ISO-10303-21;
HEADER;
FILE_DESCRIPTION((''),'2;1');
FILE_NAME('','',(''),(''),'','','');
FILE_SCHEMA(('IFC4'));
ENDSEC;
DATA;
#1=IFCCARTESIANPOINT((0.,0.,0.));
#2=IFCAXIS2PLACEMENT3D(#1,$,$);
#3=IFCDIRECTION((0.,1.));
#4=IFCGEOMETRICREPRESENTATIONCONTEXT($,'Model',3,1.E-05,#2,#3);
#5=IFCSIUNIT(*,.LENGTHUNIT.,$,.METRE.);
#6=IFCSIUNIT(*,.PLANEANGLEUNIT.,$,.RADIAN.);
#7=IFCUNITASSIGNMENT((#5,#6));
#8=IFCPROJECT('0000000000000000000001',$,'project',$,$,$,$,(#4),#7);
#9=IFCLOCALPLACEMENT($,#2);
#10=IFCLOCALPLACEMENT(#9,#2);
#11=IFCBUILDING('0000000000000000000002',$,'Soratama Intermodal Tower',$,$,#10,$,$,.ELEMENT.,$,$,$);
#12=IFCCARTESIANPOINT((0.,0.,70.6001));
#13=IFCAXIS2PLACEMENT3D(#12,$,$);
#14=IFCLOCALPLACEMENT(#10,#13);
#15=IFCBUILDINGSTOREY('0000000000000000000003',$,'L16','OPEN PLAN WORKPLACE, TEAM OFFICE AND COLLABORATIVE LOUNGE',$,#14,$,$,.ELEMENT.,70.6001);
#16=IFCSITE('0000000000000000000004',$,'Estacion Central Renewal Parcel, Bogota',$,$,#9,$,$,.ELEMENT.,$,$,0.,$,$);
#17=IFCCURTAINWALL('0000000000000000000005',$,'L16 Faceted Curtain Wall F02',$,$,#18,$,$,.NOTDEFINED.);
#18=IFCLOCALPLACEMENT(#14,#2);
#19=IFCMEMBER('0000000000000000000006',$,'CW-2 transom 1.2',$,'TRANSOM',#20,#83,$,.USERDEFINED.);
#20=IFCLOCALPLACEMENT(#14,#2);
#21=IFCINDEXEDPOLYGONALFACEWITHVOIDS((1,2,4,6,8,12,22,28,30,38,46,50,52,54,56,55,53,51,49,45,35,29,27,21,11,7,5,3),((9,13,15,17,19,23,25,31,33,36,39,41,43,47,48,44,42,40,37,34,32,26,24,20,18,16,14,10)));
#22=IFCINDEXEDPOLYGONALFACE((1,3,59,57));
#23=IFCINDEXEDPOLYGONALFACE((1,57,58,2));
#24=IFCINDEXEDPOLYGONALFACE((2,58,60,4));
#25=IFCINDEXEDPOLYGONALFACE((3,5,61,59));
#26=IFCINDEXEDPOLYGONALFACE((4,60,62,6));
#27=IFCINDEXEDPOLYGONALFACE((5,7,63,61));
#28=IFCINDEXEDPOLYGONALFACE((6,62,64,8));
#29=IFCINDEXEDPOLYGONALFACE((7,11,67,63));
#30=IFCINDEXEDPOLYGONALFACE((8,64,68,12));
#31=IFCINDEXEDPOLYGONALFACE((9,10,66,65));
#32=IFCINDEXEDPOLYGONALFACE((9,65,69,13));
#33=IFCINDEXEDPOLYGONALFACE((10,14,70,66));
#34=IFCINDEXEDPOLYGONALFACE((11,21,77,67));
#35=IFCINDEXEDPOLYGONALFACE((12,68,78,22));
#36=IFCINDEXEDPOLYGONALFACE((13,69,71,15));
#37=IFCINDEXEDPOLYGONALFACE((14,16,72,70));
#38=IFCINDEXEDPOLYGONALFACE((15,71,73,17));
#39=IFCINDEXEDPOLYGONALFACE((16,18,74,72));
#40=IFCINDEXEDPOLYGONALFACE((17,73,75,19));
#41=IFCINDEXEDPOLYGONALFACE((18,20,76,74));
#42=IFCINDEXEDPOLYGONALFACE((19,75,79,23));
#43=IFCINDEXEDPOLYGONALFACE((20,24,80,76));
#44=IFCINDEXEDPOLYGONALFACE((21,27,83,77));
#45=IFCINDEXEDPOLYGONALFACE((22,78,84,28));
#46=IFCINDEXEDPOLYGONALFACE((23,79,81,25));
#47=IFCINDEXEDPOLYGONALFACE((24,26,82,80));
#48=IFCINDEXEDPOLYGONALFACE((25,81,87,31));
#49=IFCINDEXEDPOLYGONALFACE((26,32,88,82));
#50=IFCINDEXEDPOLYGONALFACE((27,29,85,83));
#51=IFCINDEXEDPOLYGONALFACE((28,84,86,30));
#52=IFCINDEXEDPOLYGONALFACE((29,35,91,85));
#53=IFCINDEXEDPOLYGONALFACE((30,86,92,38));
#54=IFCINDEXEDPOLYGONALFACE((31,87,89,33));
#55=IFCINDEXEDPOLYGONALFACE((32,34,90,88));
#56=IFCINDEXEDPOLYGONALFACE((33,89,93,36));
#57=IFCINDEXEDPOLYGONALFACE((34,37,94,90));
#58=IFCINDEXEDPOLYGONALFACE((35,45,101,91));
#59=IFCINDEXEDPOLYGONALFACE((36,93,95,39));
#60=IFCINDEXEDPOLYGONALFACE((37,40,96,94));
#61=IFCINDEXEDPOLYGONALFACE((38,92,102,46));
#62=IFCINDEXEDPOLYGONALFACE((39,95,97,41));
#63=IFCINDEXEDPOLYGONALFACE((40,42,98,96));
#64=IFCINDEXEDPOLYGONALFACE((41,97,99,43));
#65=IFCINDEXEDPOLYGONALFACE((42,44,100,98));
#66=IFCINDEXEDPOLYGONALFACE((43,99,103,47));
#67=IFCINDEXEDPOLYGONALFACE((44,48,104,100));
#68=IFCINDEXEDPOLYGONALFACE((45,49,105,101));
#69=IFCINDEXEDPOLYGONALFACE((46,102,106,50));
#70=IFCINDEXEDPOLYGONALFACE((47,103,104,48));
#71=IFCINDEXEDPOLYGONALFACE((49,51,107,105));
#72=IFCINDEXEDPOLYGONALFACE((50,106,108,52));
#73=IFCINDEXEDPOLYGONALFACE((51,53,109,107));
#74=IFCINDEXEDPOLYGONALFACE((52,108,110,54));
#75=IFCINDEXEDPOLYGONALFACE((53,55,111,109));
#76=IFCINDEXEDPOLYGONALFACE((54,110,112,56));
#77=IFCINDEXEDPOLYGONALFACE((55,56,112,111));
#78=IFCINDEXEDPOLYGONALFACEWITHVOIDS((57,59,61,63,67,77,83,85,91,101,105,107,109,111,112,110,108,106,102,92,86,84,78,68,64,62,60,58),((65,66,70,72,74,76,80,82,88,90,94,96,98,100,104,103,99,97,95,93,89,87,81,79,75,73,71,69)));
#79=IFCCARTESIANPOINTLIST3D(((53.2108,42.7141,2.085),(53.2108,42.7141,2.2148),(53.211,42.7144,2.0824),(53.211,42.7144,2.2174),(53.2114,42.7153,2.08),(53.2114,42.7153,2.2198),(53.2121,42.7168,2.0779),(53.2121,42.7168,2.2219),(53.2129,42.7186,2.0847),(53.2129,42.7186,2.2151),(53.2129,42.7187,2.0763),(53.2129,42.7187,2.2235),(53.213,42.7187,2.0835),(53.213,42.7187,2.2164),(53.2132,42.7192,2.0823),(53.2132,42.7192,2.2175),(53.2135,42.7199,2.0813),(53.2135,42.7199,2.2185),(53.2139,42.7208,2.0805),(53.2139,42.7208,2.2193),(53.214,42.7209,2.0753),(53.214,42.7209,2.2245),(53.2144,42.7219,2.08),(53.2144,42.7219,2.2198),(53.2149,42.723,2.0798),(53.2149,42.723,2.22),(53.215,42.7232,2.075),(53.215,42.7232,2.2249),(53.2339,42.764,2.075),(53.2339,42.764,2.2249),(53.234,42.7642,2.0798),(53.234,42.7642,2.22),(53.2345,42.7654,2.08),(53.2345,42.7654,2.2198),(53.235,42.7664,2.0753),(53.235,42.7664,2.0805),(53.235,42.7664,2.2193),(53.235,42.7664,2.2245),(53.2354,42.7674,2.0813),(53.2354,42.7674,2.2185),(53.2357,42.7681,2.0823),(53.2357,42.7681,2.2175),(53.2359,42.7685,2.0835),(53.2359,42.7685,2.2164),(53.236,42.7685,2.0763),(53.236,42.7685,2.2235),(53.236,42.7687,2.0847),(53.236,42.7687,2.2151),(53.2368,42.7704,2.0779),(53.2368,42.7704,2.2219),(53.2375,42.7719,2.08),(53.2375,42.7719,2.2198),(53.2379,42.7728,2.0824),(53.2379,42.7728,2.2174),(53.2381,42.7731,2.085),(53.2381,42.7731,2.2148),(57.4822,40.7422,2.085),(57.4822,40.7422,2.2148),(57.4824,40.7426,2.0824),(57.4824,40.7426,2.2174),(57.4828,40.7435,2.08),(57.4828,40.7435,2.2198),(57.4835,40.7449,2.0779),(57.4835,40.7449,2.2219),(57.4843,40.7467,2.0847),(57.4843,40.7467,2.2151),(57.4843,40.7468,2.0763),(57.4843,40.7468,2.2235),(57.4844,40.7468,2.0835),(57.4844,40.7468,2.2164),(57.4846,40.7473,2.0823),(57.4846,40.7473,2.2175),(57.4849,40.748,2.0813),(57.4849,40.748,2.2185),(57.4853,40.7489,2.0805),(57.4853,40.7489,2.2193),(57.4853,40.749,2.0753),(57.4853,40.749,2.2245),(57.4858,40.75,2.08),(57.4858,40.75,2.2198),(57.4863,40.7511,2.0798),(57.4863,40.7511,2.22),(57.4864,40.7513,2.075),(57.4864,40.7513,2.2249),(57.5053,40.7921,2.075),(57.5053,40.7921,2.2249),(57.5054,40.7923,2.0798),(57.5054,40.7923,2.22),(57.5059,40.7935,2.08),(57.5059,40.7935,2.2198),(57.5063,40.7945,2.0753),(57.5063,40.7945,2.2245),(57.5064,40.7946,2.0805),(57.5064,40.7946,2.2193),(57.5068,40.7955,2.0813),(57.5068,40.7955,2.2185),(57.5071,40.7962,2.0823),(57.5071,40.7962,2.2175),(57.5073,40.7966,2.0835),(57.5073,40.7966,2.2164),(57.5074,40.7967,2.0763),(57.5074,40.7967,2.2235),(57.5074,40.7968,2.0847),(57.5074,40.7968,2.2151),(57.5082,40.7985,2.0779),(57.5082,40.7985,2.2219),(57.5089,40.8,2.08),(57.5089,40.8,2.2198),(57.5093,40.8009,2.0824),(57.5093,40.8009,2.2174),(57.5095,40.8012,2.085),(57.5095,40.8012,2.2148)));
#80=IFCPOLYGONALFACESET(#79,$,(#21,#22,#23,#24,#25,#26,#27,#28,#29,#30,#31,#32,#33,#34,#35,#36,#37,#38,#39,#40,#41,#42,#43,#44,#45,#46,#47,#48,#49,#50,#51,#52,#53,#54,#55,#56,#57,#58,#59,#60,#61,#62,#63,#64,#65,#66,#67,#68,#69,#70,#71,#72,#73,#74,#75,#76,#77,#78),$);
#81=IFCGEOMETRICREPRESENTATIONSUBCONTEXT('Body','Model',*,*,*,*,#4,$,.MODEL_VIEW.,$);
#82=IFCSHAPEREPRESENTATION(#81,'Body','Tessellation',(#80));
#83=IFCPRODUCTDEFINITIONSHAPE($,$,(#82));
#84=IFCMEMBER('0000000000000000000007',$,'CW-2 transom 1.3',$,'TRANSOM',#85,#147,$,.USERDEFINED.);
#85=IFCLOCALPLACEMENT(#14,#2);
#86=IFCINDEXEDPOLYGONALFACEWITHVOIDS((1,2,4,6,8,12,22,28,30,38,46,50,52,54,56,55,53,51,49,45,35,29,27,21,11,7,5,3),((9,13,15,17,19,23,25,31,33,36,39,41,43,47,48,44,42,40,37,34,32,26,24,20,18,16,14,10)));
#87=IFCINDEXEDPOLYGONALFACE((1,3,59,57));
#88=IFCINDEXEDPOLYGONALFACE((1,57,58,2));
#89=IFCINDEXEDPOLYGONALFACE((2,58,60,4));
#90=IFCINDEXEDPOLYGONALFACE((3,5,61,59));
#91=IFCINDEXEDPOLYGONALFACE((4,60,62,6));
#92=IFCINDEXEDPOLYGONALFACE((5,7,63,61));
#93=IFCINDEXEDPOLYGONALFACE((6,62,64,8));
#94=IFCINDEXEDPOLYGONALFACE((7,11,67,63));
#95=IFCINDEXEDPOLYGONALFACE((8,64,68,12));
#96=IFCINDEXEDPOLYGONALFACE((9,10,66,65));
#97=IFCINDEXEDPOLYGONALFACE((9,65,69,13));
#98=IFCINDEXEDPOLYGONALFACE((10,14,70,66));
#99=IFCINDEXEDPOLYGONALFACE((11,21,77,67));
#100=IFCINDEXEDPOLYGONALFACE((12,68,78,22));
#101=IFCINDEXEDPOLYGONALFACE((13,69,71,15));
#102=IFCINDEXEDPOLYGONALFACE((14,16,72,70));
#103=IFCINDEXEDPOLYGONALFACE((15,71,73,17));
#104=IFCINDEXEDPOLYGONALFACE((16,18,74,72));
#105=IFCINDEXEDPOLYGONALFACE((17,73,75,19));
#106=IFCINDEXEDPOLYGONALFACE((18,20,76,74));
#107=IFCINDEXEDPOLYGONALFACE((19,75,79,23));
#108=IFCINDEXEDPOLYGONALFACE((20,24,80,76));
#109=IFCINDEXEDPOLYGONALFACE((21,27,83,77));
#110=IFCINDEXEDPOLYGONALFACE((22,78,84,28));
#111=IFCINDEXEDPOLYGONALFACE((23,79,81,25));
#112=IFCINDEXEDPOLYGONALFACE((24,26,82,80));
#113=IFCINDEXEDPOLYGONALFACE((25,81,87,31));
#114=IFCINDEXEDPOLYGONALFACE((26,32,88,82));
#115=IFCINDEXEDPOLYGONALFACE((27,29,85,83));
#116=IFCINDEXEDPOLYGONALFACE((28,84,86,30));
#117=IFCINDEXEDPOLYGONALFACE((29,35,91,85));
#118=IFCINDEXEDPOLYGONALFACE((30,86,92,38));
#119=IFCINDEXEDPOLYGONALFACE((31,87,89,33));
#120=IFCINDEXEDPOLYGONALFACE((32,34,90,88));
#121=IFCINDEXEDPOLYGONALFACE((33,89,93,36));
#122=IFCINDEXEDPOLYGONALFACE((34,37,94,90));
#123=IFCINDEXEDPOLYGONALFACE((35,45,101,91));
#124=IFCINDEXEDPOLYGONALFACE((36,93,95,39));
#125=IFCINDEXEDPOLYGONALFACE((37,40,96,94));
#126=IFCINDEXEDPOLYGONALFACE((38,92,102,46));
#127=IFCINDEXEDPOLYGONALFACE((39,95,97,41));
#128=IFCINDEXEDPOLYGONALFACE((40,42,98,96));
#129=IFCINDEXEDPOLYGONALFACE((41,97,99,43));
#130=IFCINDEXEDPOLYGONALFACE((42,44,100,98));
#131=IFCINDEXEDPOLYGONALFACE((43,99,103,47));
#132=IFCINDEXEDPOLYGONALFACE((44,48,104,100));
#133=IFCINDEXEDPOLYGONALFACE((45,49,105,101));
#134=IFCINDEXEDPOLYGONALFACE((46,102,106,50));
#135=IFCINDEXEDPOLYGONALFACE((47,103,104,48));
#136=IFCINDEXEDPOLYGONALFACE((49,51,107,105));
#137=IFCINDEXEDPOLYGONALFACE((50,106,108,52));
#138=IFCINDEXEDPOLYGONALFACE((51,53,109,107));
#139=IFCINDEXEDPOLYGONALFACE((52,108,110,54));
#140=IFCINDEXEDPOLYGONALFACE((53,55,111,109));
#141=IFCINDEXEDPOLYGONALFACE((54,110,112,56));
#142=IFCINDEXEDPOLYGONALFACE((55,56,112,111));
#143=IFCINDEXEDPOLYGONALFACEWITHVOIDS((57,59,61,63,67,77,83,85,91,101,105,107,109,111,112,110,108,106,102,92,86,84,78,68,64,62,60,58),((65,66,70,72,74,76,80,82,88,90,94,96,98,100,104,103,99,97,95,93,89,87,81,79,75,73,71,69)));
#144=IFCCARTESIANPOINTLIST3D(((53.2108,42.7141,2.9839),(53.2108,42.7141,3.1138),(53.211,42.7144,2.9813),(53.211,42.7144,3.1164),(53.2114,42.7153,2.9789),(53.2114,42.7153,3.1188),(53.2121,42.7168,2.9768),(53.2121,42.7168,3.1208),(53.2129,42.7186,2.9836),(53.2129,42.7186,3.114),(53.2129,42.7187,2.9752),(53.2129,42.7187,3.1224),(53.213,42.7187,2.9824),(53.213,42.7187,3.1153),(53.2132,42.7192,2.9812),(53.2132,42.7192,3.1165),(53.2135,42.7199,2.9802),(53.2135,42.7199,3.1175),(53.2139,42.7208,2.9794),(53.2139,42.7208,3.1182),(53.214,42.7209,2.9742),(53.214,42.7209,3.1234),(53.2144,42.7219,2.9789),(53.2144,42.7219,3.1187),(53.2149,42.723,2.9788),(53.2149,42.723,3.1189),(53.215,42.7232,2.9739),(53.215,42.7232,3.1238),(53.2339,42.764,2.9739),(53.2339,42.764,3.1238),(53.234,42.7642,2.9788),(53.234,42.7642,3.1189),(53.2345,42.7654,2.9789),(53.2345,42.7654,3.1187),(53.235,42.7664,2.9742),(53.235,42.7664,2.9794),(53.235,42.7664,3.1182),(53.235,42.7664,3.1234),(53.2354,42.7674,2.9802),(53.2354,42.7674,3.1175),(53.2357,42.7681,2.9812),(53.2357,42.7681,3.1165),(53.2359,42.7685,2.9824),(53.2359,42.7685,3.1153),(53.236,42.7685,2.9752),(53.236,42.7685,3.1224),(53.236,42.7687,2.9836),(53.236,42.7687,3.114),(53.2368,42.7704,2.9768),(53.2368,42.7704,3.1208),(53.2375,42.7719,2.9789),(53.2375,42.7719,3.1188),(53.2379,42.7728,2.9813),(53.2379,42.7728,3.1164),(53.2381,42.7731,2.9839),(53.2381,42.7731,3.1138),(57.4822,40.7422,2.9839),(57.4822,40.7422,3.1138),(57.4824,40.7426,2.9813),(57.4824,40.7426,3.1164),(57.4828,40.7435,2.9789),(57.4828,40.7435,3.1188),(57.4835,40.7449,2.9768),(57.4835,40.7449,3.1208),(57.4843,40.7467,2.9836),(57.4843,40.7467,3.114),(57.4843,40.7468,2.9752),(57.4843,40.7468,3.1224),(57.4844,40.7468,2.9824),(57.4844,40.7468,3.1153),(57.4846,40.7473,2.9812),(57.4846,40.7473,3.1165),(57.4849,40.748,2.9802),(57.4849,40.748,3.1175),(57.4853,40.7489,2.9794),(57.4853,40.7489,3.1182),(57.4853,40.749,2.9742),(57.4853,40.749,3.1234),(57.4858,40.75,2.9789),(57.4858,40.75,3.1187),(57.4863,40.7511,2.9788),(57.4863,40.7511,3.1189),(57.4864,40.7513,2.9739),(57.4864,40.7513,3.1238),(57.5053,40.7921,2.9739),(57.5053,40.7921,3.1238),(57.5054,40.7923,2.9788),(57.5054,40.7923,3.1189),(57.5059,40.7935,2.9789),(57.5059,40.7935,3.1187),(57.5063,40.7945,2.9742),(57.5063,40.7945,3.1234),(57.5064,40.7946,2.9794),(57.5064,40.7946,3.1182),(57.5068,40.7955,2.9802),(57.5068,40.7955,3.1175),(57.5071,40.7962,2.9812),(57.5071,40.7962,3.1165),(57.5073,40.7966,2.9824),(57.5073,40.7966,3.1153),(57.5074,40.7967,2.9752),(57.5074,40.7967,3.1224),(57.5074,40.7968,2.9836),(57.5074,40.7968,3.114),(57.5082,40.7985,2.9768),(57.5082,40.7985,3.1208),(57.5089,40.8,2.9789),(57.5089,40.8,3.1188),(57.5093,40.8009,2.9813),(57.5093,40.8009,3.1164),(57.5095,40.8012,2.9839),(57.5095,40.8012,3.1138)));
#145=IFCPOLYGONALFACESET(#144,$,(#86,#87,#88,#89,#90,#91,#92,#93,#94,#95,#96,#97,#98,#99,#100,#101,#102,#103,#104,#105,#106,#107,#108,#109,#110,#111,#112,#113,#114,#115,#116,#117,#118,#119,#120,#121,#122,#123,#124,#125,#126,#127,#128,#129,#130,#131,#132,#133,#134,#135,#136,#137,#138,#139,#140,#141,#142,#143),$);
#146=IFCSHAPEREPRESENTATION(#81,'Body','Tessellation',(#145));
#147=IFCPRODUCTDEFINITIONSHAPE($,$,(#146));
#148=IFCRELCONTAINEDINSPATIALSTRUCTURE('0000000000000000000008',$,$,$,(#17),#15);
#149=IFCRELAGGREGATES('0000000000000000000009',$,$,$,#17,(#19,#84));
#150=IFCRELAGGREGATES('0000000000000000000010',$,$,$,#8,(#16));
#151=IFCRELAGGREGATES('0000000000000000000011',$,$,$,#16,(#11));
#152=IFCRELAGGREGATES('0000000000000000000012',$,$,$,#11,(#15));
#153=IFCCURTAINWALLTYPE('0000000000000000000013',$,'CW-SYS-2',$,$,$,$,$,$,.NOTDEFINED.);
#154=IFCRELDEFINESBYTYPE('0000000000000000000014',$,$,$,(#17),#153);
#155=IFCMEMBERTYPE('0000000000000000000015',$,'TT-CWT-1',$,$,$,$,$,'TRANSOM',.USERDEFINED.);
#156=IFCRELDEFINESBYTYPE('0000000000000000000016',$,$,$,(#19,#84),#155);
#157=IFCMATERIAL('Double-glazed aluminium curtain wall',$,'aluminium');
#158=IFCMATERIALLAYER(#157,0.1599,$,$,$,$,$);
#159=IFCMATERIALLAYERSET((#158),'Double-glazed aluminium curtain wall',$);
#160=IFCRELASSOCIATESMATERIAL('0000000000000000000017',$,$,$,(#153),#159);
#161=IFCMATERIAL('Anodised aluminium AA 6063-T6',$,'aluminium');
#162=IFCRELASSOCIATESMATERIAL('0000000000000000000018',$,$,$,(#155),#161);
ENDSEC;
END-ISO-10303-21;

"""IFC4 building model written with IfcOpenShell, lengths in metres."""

from ifc_helpers import new_model, si_unit, direction, frame, origin, origin_2d, place, context, subcontext, project, spatial, hollow_rectangle, extrude, material, layer, layer_set, material_profile, profile_set, type_object, element, aggregate, save


model = new_model("IFC4")

# Units and contexts
model_context = context("Model", 3, precision=1e-05, world=origin(), true_north=direction((0.0, 1.0)))
body_context = subcontext(model_context, "Body", "Model", "MODEL_VIEW")
ifc_project = project(units=[si_unit("LENGTHUNIT", "METRE"), si_unit("PLANEANGLEUNIT", "RADIAN")], contexts=[model_context])

# Site, building, storey
site_placement = place(None, origin())
site = spatial("IfcSite", under=ifc_project, at=site_placement, Name="Estacion Central Renewal Parcel, Bogota", CompositionType="ELEMENT", RefElevation=0.0)
building_placement = place(site_placement, origin())
building = spatial("IfcBuilding", under=site, at=building_placement, Name="Soratama Intermodal Tower", CompositionType="ELEMENT")
storey_placement = place(building_placement, frame((0.0, 0.0, 70.6001)))
storey = spatial("IfcBuildingStorey", under=building, at=storey_placement, Name="L16", Description="OPEN PLAN WORKPLACE, TEAM OFFICE AND COLLABORATIVE LOUNGE", CompositionType="ELEMENT", Elevation=70.6001)

# Shared definitions
ifc_material_1 = material(Name="Double-glazed aluminium curtain wall", Category="aluminium")
ifc_layer_1 = layer(ifc_material_1, 0.1599)
ifc_layer_set_1 = layer_set([ifc_layer_1], Name="Double-glazed aluminium curtain wall")
curtain_wall_type = type_object("IfcCurtainWallType", Name="CW-SYS-2", PredefinedType="NOTDEFINED", material=ifc_layer_set_1)

# Curtain wall, members
curtain_wall_1_placement = place(storey_placement, origin())
curtain_wall_1 = element("IfcCurtainWall", 1, at=curtain_wall_1_placement, inside=storey, type_object=curtain_wall_type, Name="L16 Faceted Curtain Wall F02", PredefinedType="NOTDEFINED")
ifc_material_2 = material(Name="Anodised aluminium AA 6063-T6", Category="aluminium")
ifc_material_profile_1 = material_profile(ifc_material_2, hollow_rectangle(XDim=0.0649, YDim=0.1499, WallThickness=0.0049, InnerFilletRadius=0.0049, OuterFilletRadius=0.01, at=origin_2d()), Name="CWT150X65X5")
ifc_profile_set_1 = profile_set([ifc_material_profile_1], Name="Anodised aluminium AA 6063-T6")
member_type_1 = type_object("IfcMemberType", Name="TT-CWT-1", ElementType="TRANSOM", PredefinedType="USERDEFINED", material=ifc_profile_set_1)
member_1_placement = place(storey_placement, frame((57.4958, 40.7717, 2.1499), z_axis=(-0.907921, 0.41914, 0.0), x_axis=(-0.41914, -0.907921, 0.0)))
member_1 = element("IfcMember", 2, at=member_1_placement, type_object=member_type_1, Name="CW-2 transom 1.2", ObjectType="TRANSOM", PredefinedType="USERDEFINED", context=body_context, shape_type="SweptSolid", body=[
    extrude(hollow_rectangle(XDim=0.0649, YDim=0.1499, WallThickness=0.0049, InnerFilletRadius=0.0049, OuterFilletRadius=0.01, at=origin_2d()), origin(), (0.0, 0.0, 1.0), 4.7046),
])
member_2_placement = place(storey_placement, frame((57.4958, 40.7717, 3.0488), z_axis=(-0.907921, 0.41914, 0.0), x_axis=(-0.41914, -0.907921, 0.0)))
member_2 = element("IfcMember", 3, at=member_2_placement, type_object=member_type_1, Name="CW-2 transom 1.3", ObjectType="TRANSOM", PredefinedType="USERDEFINED", context=body_context, shape_type="SweptSolid", body=[
    extrude(hollow_rectangle(XDim=0.0649, YDim=0.1499, WallThickness=0.0049, InnerFilletRadius=0.0049, OuterFilletRadius=0.01, at=origin_2d()), origin(), (0.0, 0.0, 1.0), 4.7046),
])
aggregate(curtain_wall_1, [member_1, member_2])

save(model, "model.ifc")
